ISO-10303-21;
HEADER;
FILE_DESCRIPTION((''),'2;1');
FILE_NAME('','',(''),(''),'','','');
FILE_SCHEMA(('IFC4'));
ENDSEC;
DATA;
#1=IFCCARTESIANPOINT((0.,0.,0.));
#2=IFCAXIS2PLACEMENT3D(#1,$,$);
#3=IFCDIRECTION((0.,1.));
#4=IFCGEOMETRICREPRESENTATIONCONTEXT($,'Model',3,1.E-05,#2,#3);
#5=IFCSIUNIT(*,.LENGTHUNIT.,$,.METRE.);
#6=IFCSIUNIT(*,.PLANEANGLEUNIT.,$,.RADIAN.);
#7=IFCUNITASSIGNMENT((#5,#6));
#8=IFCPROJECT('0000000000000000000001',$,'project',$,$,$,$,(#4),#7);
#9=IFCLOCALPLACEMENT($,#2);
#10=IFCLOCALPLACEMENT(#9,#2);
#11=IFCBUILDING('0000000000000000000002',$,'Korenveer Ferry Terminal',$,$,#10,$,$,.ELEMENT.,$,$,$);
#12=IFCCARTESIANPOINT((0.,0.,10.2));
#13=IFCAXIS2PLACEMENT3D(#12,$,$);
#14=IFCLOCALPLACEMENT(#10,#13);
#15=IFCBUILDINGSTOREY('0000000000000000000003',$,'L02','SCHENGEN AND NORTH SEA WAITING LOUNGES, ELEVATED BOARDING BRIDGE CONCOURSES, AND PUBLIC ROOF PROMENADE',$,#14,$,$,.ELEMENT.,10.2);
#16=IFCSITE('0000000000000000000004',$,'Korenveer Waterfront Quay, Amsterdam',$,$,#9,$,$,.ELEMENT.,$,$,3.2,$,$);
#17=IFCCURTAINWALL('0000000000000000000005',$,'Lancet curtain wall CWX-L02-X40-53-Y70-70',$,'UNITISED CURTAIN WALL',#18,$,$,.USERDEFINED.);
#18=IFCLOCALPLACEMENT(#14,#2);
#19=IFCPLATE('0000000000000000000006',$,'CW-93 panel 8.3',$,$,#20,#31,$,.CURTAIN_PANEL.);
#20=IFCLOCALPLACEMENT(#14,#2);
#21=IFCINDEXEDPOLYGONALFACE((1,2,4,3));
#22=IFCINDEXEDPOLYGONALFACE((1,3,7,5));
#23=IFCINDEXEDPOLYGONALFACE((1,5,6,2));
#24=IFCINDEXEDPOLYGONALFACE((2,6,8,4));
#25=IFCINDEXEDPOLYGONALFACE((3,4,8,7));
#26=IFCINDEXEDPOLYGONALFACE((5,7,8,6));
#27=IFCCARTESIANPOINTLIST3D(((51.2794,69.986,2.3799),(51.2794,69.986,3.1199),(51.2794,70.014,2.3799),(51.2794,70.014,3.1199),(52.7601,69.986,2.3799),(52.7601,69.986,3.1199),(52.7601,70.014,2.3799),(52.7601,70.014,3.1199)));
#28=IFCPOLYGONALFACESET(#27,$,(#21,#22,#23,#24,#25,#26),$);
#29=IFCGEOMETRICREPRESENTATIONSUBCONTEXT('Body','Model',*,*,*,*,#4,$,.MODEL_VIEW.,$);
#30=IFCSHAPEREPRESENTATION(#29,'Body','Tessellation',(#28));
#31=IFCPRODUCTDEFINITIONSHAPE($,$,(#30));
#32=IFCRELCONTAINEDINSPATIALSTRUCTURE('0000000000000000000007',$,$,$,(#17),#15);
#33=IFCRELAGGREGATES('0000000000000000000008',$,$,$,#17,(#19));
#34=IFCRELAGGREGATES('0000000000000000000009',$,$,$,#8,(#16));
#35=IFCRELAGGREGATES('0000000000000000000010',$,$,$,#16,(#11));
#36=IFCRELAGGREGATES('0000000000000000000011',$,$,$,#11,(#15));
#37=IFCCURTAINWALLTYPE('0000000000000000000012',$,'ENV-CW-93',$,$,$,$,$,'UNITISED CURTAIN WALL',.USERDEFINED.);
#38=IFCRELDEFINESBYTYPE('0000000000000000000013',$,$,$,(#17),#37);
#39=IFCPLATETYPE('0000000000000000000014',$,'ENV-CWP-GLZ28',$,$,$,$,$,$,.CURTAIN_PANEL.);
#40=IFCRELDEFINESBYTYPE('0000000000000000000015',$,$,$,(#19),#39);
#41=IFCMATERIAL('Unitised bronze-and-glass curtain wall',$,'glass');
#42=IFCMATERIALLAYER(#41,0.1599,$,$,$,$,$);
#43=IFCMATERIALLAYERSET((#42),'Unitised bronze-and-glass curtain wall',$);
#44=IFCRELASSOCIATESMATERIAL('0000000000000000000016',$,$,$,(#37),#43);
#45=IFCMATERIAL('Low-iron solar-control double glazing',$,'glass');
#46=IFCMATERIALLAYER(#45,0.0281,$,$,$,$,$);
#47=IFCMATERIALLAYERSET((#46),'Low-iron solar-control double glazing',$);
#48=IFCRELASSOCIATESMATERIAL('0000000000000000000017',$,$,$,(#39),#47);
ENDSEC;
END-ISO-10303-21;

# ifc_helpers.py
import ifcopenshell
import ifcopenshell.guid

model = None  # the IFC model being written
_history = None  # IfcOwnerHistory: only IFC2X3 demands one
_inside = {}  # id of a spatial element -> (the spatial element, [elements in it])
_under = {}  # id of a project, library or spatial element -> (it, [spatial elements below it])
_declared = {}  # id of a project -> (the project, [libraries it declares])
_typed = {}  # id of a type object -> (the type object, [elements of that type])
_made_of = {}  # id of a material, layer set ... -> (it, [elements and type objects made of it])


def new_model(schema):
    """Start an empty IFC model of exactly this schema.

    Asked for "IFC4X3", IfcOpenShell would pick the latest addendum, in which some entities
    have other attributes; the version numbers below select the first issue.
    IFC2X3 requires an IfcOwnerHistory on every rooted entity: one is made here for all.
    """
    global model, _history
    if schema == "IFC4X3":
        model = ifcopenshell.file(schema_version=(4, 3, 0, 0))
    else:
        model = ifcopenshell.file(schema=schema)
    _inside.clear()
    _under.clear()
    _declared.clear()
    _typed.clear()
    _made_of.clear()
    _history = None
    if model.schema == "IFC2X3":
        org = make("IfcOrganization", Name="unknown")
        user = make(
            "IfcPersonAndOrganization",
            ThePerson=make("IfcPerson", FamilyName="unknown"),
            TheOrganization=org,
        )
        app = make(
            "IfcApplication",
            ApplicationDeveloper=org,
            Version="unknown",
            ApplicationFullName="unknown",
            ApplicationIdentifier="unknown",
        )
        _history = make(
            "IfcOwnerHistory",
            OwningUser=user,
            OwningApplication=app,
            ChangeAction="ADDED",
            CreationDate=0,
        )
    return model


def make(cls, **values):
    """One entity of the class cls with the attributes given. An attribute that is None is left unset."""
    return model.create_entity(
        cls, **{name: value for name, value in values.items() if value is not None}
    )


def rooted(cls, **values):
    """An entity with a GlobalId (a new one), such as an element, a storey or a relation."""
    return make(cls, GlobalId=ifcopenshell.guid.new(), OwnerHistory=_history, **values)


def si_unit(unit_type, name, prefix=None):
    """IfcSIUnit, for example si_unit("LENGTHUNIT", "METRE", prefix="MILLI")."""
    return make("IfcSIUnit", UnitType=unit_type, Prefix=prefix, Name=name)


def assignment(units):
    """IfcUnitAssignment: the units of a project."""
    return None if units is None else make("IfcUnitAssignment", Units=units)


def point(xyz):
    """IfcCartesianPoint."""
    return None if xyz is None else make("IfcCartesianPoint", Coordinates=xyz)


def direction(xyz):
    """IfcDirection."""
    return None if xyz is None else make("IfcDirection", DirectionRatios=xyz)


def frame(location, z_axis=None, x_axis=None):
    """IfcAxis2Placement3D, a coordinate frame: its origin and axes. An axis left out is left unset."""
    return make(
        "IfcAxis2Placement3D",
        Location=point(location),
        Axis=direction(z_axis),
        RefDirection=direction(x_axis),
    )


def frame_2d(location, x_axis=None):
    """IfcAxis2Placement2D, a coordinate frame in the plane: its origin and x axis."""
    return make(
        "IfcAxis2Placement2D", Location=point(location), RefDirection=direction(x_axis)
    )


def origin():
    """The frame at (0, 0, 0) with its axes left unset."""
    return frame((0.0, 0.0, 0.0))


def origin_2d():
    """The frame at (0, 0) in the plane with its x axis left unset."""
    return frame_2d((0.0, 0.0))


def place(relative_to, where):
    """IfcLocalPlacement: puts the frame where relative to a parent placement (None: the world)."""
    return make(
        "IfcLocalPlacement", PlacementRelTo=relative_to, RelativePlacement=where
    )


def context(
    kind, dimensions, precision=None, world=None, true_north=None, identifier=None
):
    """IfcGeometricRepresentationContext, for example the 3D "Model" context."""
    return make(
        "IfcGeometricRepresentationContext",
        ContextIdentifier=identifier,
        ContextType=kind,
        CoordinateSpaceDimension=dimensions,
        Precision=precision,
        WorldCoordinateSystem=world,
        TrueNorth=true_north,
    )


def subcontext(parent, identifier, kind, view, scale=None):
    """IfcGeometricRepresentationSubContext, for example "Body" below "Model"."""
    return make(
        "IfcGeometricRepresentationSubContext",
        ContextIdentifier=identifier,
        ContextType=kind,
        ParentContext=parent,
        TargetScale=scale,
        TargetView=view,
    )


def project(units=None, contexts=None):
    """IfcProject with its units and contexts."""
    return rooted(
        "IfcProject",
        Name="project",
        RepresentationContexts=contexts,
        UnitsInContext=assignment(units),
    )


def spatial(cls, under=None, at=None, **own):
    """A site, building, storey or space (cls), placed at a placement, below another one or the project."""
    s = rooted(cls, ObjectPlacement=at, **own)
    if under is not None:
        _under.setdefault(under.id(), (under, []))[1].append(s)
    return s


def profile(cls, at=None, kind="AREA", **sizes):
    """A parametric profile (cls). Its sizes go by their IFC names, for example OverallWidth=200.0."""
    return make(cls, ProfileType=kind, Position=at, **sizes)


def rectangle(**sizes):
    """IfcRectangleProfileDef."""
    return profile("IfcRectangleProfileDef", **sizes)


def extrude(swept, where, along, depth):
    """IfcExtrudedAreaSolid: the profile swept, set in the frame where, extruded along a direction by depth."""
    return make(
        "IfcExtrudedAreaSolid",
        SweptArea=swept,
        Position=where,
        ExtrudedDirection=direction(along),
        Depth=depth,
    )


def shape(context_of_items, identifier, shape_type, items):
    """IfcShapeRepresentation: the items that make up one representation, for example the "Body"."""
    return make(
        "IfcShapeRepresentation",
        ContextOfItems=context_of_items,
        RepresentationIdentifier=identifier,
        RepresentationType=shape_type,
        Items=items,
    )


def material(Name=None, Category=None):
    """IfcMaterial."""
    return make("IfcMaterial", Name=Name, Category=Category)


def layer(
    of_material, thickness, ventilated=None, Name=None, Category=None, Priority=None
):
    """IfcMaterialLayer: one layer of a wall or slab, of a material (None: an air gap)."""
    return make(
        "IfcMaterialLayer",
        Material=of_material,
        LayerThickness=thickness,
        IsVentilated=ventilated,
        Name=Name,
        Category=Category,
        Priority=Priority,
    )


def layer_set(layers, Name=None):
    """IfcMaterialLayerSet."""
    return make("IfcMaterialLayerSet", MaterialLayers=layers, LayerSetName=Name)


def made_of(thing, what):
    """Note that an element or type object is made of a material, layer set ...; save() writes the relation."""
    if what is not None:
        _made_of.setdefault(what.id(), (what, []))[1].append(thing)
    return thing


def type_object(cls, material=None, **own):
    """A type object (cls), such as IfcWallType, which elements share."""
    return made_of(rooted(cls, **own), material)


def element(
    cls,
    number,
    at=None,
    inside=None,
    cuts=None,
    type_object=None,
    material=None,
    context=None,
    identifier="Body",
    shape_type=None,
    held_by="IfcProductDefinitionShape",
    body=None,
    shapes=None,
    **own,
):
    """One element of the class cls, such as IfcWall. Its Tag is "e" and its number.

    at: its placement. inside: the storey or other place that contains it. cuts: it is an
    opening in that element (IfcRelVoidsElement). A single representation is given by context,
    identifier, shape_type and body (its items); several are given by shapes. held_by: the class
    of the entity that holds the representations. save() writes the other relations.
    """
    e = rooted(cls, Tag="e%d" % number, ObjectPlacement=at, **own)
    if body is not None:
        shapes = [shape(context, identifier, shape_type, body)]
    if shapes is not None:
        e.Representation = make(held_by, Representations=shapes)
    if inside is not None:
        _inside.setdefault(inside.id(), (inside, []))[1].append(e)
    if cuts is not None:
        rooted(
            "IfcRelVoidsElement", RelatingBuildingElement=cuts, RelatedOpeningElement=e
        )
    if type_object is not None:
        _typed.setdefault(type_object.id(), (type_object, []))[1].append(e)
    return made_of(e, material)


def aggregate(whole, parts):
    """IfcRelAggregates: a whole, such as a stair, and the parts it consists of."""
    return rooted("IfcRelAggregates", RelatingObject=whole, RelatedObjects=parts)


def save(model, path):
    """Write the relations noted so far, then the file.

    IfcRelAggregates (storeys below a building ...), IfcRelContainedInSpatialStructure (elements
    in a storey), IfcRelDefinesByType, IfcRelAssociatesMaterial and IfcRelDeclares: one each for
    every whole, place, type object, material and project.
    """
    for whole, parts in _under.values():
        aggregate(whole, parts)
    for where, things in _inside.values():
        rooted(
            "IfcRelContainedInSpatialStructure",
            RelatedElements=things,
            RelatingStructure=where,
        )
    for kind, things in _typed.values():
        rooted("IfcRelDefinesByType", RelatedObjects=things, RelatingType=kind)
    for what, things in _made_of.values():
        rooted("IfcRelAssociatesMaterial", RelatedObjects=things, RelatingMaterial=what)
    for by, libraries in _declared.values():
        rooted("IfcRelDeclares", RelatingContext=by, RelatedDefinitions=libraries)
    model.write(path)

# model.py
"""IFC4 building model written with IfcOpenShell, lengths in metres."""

from ifc_helpers import new_model, si_unit, direction, frame, origin, origin_2d, place, context, subcontext, project, spatial, rectangle, extrude, material, layer, layer_set, type_object, element, aggregate, save


model = new_model("IFC4")

# Units and contexts
model_context = context("Model", 3, precision=1e-05, world=origin(), true_north=direction((0.0, 1.0)))
body_context = subcontext(model_context, "Body", "Model", "MODEL_VIEW")
ifc_project = project(units=[si_unit("LENGTHUNIT", "METRE"), si_unit("PLANEANGLEUNIT", "RADIAN")], contexts=[model_context])

# Site, building, storey
site_placement = place(None, origin())
site = spatial("IfcSite", under=ifc_project, at=site_placement, Name="Korenveer Waterfront Quay, Amsterdam", CompositionType="ELEMENT", RefElevation=3.2)
building_placement = place(site_placement, origin())
building = spatial("IfcBuilding", under=site, at=building_placement, Name="Korenveer Ferry Terminal", CompositionType="ELEMENT")
storey_placement = place(building_placement, frame((0.0, 0.0, 10.2)))
storey = spatial("IfcBuildingStorey", under=building, at=storey_placement, Name="L02", Description="SCHENGEN AND NORTH SEA WAITING LOUNGES, ELEVATED BOARDING BRIDGE CONCOURSES, AND PUBLIC ROOF PROMENADE", CompositionType="ELEMENT", Elevation=10.2)

# Curtain wall
ifc_material_1 = material(Name="Unitised bronze-and-glass curtain wall", Category="glass")
ifc_layer_1 = layer(ifc_material_1, 0.1599)
ifc_layer_set_1 = layer_set([ifc_layer_1], Name="Unitised bronze-and-glass curtain wall")
curtain_wall_type = type_object("IfcCurtainWallType", Name="ENV-CW-93", ElementType="UNITISED CURTAIN WALL", PredefinedType="USERDEFINED", material=ifc_layer_set_1)
curtain_wall_placement = place(storey_placement, frame((40.2549, 70.0, 0.0)))
curtain_wall = element("IfcCurtainWall", 1, at=curtain_wall_placement, inside=storey, type_object=curtain_wall_type, Name="Lancet curtain wall CWX-L02-X40-53-Y70-70", ObjectType="UNITISED CURTAIN WALL", PredefinedType="USERDEFINED")

# Plate
ifc_material_2 = material(Name="Low-iron solar-control double glazing", Category="glass")
ifc_layer_2 = layer(ifc_material_2, 0.0281)
ifc_layer_set_2 = layer_set([ifc_layer_2], Name="Low-iron solar-control double glazing")
plate_type = type_object("IfcPlateType", Name="ENV-CWP-GLZ28", PredefinedType="CURTAIN_PANEL", material=ifc_layer_set_2)
plate_1_placement = place(storey_placement, frame((52.0198, 70.0, 2.3799), z_axis=(0.0, 0.0, 1.0), x_axis=(1.0, 0.0, 0.0)))
plate_1 = element("IfcPlate", 2, at=plate_1_placement, type_object=plate_type, Name="CW-93 panel 8.3", PredefinedType="CURTAIN_PANEL", context=body_context, shape_type="SweptSolid", body=[
    extrude(rectangle(XDim=1.4807, YDim=0.0281, at=origin_2d()), origin(), (0.0, 0.0, 1.0), 0.74),
])
aggregate(curtain_wall, [plate_1])

save(model, "model.ifc")
